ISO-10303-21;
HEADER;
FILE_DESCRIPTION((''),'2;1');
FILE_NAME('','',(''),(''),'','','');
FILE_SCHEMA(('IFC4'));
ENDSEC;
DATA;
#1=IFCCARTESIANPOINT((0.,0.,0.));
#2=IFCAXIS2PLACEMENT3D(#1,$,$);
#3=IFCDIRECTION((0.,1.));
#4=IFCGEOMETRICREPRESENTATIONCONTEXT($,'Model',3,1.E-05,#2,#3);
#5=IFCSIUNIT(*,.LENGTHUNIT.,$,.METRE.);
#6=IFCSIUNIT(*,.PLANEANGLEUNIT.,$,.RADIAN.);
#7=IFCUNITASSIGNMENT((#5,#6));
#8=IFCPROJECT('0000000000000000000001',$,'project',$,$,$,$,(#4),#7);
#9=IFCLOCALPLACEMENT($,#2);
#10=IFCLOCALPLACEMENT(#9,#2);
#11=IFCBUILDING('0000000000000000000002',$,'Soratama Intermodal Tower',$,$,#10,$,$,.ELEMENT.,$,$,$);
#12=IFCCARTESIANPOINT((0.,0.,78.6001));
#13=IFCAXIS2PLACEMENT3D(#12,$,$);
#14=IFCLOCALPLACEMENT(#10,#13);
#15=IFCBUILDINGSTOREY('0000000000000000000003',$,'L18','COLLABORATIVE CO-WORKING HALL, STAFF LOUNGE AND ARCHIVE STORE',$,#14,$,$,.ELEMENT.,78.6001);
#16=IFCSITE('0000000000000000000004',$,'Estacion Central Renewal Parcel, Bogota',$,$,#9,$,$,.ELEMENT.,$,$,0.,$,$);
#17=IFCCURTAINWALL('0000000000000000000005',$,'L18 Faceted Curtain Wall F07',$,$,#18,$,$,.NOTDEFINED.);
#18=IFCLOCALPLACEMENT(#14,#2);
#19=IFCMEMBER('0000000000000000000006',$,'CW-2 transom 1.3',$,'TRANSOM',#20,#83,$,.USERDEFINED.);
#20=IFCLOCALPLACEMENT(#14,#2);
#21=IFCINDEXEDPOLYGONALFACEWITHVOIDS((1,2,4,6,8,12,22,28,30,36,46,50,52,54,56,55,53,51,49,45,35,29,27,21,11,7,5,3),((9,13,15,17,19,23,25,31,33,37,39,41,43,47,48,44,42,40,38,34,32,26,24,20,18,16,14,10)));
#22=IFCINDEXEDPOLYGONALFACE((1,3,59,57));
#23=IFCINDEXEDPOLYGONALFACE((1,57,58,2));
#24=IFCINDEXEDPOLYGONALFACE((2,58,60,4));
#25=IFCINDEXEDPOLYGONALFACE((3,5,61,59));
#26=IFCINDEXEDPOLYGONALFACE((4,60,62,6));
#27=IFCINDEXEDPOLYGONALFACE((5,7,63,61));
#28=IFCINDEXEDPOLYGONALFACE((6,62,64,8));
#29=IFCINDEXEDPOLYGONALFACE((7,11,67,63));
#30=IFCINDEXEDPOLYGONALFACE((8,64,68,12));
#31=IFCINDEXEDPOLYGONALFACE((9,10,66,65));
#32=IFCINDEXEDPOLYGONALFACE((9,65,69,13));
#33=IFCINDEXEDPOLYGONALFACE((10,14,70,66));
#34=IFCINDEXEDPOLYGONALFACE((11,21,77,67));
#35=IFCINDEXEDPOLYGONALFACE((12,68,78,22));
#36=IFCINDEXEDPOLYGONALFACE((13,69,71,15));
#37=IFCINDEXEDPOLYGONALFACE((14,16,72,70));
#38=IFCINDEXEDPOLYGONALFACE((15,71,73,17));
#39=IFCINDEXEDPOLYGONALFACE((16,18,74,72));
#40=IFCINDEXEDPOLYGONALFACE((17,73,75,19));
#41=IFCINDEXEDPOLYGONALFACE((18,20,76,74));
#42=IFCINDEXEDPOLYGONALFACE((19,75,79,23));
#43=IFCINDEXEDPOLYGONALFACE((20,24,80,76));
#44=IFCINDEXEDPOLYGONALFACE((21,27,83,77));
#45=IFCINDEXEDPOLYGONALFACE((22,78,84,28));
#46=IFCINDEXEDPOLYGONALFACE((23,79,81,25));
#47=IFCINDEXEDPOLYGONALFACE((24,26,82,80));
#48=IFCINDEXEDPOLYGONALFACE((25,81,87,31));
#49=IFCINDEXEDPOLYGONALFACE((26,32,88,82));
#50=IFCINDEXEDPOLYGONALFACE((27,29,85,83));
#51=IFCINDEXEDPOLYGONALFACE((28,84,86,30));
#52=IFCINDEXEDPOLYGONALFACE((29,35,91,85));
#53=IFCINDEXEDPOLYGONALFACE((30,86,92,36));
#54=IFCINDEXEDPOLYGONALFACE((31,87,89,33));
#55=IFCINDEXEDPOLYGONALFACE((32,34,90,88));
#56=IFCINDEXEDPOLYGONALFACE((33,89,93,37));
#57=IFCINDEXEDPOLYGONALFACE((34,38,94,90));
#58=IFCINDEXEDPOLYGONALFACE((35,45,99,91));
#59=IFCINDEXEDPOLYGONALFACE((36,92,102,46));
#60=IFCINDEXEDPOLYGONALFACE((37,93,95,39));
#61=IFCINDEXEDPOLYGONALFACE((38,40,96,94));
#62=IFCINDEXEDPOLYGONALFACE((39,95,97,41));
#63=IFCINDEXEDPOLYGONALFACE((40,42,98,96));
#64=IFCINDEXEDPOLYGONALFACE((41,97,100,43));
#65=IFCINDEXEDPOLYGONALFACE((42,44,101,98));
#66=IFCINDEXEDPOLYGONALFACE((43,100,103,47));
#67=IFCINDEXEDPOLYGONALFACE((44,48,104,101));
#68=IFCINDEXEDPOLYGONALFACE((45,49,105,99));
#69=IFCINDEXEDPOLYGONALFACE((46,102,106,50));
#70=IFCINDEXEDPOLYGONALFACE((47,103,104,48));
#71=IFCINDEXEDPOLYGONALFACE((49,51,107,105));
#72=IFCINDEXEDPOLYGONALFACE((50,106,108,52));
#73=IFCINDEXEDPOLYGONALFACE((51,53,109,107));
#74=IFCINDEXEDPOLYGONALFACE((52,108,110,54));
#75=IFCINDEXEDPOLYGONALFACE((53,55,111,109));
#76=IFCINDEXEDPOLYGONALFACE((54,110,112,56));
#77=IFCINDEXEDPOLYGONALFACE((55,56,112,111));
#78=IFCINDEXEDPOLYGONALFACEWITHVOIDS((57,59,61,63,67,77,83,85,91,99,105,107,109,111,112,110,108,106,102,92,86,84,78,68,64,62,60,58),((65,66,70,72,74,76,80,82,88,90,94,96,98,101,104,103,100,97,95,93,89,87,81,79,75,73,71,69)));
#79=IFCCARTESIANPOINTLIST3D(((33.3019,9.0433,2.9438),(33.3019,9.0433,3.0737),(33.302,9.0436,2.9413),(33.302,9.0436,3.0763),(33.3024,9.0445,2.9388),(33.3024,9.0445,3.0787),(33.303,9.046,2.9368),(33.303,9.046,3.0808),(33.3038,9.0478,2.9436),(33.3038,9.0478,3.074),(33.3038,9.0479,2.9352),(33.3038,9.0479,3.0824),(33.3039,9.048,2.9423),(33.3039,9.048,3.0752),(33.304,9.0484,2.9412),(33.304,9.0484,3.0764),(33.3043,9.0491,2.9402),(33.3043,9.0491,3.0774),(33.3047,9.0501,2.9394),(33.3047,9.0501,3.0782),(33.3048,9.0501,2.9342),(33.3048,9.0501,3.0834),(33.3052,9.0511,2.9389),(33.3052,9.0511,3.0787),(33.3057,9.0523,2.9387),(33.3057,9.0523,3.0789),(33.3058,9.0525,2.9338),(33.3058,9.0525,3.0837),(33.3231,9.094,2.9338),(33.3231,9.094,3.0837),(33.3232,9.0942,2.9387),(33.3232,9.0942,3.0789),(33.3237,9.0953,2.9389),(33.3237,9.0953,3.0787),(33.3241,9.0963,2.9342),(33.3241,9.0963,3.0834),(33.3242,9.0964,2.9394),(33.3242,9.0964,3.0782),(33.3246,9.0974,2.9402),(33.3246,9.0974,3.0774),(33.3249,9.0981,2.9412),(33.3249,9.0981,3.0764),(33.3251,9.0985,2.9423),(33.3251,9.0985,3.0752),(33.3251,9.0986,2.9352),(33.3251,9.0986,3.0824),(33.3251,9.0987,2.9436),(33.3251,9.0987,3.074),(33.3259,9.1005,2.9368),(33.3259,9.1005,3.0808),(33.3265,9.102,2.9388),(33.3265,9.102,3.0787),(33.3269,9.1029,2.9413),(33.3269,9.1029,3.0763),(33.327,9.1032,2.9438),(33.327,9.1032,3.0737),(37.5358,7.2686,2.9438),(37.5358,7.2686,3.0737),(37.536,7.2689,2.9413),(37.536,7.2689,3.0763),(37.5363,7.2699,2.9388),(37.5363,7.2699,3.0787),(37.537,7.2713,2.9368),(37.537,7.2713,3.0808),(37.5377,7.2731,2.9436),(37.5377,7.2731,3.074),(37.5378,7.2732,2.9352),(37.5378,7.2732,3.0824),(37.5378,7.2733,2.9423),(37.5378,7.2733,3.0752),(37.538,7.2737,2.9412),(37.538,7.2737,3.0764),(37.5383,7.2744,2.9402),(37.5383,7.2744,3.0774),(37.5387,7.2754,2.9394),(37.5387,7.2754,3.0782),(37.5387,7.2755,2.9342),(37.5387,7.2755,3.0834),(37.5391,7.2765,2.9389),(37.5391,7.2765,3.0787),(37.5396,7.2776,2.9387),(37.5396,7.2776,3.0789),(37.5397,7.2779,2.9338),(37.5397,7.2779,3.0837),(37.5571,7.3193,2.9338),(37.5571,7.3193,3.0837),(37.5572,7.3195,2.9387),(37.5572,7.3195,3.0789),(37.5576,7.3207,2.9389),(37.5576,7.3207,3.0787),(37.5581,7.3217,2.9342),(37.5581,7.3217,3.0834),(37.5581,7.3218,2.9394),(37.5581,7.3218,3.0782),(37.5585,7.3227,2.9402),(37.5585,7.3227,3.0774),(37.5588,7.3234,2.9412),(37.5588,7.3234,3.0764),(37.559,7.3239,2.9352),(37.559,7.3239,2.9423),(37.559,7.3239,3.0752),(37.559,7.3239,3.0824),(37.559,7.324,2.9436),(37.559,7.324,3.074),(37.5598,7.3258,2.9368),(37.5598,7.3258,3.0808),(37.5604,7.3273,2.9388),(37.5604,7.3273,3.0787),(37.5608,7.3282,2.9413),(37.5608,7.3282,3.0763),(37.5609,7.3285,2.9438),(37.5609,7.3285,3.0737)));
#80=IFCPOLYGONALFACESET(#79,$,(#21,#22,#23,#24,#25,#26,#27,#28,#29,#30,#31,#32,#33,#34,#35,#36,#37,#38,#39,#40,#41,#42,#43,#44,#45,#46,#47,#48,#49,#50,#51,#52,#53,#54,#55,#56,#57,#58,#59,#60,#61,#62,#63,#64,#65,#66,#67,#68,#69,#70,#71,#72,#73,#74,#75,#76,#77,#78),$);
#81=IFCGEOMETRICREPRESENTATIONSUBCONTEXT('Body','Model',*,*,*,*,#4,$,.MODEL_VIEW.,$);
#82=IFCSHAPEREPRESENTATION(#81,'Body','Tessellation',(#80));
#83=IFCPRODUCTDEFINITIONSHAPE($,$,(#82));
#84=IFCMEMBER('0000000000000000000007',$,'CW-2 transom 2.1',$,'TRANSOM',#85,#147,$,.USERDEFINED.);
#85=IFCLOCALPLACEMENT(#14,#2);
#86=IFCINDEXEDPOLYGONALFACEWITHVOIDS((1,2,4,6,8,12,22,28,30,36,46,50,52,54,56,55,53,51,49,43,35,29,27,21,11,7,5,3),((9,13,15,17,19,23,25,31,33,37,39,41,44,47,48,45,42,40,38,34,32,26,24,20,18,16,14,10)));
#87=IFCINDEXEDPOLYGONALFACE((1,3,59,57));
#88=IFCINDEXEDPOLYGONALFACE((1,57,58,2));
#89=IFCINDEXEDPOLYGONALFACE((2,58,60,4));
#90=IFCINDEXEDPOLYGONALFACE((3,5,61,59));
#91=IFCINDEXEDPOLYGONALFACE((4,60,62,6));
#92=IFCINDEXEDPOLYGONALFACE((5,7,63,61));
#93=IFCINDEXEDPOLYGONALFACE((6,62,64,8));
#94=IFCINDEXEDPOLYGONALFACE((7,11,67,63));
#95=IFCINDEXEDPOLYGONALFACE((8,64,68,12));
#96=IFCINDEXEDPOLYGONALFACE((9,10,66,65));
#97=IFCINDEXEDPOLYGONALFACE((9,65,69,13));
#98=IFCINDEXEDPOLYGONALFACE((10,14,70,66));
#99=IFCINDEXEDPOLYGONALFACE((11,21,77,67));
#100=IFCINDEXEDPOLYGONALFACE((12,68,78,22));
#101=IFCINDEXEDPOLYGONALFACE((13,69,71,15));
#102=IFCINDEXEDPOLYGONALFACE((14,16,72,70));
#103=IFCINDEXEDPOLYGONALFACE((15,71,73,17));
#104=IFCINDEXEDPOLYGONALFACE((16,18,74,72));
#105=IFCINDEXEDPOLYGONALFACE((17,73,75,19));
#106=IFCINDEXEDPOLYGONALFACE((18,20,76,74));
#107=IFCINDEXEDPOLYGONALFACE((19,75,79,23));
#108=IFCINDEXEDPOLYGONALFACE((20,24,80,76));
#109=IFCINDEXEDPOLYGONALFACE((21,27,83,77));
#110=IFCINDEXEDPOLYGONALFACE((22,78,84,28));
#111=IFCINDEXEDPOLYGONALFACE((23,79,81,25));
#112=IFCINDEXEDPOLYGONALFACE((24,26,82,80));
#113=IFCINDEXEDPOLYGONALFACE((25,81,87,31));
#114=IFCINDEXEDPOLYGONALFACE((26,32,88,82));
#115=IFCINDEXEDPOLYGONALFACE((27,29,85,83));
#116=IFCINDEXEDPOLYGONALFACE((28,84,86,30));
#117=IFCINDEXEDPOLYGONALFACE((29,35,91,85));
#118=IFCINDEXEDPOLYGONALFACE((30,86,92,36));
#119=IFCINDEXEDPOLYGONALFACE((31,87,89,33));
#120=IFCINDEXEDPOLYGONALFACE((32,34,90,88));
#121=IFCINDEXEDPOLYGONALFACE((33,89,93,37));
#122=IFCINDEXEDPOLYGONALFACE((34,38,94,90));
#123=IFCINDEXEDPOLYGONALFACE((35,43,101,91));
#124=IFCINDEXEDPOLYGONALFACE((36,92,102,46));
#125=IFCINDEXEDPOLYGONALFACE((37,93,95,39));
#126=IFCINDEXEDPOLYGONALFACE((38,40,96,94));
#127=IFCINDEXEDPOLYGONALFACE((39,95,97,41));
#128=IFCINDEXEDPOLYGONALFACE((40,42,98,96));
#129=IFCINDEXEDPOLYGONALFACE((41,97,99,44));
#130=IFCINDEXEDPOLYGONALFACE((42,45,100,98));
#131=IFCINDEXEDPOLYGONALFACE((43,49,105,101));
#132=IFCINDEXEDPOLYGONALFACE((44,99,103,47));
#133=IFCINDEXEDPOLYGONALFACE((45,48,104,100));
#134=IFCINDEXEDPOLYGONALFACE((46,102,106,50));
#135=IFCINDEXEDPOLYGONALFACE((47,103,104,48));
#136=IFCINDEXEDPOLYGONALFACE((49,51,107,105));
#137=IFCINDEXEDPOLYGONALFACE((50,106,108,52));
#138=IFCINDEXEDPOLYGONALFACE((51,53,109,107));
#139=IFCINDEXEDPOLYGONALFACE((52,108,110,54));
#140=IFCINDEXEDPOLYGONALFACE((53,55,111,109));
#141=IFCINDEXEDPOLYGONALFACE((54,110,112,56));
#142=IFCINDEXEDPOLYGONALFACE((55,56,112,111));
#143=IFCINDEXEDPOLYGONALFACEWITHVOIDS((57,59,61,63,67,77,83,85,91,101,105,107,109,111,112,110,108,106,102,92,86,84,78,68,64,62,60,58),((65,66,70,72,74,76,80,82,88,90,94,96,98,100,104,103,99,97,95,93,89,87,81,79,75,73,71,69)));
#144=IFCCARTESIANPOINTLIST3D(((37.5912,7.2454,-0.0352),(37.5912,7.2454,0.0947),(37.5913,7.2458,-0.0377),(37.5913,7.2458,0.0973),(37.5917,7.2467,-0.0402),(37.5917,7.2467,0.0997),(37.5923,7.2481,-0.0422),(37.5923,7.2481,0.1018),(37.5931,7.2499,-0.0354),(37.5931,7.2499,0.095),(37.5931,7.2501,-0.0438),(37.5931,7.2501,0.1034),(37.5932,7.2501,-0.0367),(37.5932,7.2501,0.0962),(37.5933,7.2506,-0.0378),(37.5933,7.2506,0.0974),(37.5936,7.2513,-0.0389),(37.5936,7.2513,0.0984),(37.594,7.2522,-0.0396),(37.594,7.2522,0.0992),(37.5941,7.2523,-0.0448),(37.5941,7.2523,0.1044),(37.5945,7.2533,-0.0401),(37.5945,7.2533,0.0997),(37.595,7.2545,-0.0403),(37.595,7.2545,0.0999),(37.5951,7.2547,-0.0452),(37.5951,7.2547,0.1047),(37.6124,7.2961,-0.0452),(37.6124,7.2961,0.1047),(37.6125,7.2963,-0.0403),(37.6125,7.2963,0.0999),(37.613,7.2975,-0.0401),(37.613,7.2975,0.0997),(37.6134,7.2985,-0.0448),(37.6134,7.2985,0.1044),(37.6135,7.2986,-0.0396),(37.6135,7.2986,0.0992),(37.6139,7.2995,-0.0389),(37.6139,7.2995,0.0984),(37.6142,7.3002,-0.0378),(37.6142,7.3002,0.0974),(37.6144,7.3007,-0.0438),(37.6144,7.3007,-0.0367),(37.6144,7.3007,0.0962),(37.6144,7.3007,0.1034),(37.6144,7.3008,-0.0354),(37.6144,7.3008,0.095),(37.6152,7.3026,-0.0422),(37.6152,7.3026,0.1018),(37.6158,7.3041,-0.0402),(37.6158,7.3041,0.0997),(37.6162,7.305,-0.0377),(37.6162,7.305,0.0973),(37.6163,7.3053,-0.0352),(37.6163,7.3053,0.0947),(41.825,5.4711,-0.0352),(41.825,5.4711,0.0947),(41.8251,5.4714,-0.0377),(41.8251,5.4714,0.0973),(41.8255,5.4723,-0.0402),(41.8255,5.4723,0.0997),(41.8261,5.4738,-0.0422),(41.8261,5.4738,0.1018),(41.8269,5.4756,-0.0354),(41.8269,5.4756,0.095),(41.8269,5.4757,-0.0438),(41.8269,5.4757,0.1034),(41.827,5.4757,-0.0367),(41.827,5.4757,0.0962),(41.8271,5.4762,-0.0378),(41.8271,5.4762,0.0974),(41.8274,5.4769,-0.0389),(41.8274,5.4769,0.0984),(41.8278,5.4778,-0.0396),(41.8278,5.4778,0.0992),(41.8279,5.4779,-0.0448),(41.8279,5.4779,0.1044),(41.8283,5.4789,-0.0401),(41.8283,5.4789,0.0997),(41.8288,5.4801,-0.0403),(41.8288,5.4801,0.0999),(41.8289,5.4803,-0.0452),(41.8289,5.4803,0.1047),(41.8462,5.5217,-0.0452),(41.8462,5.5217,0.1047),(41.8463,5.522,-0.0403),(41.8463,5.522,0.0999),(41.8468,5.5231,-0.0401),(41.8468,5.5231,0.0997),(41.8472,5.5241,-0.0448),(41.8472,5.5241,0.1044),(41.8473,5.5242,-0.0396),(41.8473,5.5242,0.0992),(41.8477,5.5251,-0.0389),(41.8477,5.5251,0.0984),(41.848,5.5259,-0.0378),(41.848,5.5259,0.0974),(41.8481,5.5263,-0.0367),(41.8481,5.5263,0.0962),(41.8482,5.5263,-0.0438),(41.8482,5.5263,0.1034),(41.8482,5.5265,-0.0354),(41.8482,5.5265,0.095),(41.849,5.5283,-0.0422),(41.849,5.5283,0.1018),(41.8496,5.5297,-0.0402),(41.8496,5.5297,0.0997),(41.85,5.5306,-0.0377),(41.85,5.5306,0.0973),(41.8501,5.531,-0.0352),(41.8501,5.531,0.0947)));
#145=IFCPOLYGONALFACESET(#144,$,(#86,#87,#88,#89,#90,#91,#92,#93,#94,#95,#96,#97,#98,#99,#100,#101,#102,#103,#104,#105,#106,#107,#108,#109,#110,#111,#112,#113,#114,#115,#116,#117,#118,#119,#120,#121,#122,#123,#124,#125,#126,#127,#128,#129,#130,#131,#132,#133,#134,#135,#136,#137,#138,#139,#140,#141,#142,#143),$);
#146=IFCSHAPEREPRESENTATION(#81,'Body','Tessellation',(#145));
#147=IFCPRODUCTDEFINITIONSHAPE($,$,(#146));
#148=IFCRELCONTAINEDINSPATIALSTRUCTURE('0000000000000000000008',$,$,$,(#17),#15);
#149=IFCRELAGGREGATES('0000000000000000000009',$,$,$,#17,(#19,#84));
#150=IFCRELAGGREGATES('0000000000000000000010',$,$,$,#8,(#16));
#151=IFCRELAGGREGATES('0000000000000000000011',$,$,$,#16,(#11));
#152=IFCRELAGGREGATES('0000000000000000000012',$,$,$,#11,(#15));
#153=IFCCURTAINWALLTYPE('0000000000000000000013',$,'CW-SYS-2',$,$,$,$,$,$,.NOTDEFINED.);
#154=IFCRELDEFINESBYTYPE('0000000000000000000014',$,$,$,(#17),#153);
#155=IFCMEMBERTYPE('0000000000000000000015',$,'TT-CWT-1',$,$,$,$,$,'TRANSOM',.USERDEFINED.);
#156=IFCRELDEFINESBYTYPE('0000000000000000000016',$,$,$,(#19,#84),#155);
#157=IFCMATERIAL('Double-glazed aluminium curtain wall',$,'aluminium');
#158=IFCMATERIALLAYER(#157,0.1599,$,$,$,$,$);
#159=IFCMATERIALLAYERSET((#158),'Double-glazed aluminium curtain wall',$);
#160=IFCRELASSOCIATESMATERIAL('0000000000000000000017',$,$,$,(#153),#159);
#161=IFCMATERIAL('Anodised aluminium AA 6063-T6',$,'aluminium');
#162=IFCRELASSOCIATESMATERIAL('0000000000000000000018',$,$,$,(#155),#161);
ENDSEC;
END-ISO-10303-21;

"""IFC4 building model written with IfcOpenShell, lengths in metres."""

from ifc_helpers import new_model, si_unit, direction, frame, origin, origin_2d, place, context, subcontext, project, spatial, hollow_rectangle, extrude, material, layer, layer_set, material_profile, profile_set, type_object, element, aggregate, save


model = new_model("IFC4")

# Units and contexts
model_context = context("Model", 3, precision=1e-05, world=origin(), true_north=direction((0.0, 1.0)))
body_context = subcontext(model_context, "Body", "Model", "MODEL_VIEW")
ifc_project = project(units=[si_unit("LENGTHUNIT", "METRE"), si_unit("PLANEANGLEUNIT", "RADIAN")], contexts=[model_context])

# Site, building, storey
site_placement = place(None, origin())
site = spatial("IfcSite", under=ifc_project, at=site_placement, Name="Estacion Central Renewal Parcel, Bogota", CompositionType="ELEMENT", RefElevation=0.0)
building_placement = place(site_placement, origin())
building = spatial("IfcBuilding", under=site, at=building_placement, Name="Soratama Intermodal Tower", CompositionType="ELEMENT")
storey_placement = place(building_placement, frame((0.0, 0.0, 78.6001)))
storey = spatial("IfcBuildingStorey", under=building, at=storey_placement, Name="L18", Description="COLLABORATIVE CO-WORKING HALL, STAFF LOUNGE AND ARCHIVE STORE", CompositionType="ELEMENT", Elevation=78.6001)

# Curtain wall, members
ifc_material_1 = material(Name="Double-glazed aluminium curtain wall", Category="aluminium")
ifc_layer_1 = layer(ifc_material_1, 0.1599)
ifc_layer_set_1 = layer_set([ifc_layer_1], Name="Double-glazed aluminium curtain wall")
curtain_wall_type = type_object("IfcCurtainWallType", Name="CW-SYS-2", PredefinedType="NOTDEFINED", material=ifc_layer_set_1)
curtain_wall_placement = place(storey_placement, origin())
curtain_wall = element("IfcCurtainWall", 1, at=curtain_wall_placement, inside=storey, type_object=curtain_wall_type, Name="L18 Faceted Curtain Wall F07", PredefinedType="NOTDEFINED")
ifc_material_2 = material(Name="Anodised aluminium AA 6063-T6", Category="aluminium")
ifc_material_profile_1 = material_profile(ifc_material_2, hollow_rectangle(XDim=0.0649, YDim=0.1499, WallThickness=0.0049, InnerFilletRadius=0.0049, OuterFilletRadius=0.01, at=origin_2d()), Name="CWT150X65X5")
ifc_profile_set_1 = profile_set([ifc_material_profile_1], Name="Anodised aluminium AA 6063-T6")
member_type_1 = type_object("IfcMemberType", Name="TT-CWT-1", ElementType="TRANSOM", PredefinedType="USERDEFINED", material=ifc_profile_set_1)
member_1_placement = place(storey_placement, frame((33.3145, 9.0732, 3.0088), z_axis=(0.92226, -0.386571, 0.0), x_axis=(0.386571, 0.92226, 0.0)))
member_1 = element("IfcMember", 2, at=member_1_placement, type_object=member_type_1, Name="CW-2 transom 1.3", ObjectType="TRANSOM", PredefinedType="USERDEFINED", context=body_context, shape_type="SweptSolid", body=[
    extrude(hollow_rectangle(XDim=0.0649, YDim=0.1499, WallThickness=0.0049, InnerFilletRadius=0.0049, OuterFilletRadius=0.01, at=origin_2d()), origin(), (0.0, 0.0, 1.0), 4.5908),
])
member_2_placement = place(storey_placement, frame((37.6038, 7.2754, 0.0298), z_axis=(0.922279, -0.386525, 0.0), x_axis=(0.386525, 0.922279, 0.0)))
member_2 = element("IfcMember", 3, at=member_2_placement, type_object=member_type_1, Name="CW-2 transom 2.1", ObjectType="TRANSOM", PredefinedType="USERDEFINED", context=body_context, shape_type="SweptSolid", body=[
    extrude(hollow_rectangle(XDim=0.0649, YDim=0.1499, WallThickness=0.0049, InnerFilletRadius=0.0049, OuterFilletRadius=0.01, at=origin_2d()), origin(), (0.0, 0.0, 1.0), 4.5906),
])
aggregate(curtain_wall, [member_1, member_2])

save(model, "model.ifc")
